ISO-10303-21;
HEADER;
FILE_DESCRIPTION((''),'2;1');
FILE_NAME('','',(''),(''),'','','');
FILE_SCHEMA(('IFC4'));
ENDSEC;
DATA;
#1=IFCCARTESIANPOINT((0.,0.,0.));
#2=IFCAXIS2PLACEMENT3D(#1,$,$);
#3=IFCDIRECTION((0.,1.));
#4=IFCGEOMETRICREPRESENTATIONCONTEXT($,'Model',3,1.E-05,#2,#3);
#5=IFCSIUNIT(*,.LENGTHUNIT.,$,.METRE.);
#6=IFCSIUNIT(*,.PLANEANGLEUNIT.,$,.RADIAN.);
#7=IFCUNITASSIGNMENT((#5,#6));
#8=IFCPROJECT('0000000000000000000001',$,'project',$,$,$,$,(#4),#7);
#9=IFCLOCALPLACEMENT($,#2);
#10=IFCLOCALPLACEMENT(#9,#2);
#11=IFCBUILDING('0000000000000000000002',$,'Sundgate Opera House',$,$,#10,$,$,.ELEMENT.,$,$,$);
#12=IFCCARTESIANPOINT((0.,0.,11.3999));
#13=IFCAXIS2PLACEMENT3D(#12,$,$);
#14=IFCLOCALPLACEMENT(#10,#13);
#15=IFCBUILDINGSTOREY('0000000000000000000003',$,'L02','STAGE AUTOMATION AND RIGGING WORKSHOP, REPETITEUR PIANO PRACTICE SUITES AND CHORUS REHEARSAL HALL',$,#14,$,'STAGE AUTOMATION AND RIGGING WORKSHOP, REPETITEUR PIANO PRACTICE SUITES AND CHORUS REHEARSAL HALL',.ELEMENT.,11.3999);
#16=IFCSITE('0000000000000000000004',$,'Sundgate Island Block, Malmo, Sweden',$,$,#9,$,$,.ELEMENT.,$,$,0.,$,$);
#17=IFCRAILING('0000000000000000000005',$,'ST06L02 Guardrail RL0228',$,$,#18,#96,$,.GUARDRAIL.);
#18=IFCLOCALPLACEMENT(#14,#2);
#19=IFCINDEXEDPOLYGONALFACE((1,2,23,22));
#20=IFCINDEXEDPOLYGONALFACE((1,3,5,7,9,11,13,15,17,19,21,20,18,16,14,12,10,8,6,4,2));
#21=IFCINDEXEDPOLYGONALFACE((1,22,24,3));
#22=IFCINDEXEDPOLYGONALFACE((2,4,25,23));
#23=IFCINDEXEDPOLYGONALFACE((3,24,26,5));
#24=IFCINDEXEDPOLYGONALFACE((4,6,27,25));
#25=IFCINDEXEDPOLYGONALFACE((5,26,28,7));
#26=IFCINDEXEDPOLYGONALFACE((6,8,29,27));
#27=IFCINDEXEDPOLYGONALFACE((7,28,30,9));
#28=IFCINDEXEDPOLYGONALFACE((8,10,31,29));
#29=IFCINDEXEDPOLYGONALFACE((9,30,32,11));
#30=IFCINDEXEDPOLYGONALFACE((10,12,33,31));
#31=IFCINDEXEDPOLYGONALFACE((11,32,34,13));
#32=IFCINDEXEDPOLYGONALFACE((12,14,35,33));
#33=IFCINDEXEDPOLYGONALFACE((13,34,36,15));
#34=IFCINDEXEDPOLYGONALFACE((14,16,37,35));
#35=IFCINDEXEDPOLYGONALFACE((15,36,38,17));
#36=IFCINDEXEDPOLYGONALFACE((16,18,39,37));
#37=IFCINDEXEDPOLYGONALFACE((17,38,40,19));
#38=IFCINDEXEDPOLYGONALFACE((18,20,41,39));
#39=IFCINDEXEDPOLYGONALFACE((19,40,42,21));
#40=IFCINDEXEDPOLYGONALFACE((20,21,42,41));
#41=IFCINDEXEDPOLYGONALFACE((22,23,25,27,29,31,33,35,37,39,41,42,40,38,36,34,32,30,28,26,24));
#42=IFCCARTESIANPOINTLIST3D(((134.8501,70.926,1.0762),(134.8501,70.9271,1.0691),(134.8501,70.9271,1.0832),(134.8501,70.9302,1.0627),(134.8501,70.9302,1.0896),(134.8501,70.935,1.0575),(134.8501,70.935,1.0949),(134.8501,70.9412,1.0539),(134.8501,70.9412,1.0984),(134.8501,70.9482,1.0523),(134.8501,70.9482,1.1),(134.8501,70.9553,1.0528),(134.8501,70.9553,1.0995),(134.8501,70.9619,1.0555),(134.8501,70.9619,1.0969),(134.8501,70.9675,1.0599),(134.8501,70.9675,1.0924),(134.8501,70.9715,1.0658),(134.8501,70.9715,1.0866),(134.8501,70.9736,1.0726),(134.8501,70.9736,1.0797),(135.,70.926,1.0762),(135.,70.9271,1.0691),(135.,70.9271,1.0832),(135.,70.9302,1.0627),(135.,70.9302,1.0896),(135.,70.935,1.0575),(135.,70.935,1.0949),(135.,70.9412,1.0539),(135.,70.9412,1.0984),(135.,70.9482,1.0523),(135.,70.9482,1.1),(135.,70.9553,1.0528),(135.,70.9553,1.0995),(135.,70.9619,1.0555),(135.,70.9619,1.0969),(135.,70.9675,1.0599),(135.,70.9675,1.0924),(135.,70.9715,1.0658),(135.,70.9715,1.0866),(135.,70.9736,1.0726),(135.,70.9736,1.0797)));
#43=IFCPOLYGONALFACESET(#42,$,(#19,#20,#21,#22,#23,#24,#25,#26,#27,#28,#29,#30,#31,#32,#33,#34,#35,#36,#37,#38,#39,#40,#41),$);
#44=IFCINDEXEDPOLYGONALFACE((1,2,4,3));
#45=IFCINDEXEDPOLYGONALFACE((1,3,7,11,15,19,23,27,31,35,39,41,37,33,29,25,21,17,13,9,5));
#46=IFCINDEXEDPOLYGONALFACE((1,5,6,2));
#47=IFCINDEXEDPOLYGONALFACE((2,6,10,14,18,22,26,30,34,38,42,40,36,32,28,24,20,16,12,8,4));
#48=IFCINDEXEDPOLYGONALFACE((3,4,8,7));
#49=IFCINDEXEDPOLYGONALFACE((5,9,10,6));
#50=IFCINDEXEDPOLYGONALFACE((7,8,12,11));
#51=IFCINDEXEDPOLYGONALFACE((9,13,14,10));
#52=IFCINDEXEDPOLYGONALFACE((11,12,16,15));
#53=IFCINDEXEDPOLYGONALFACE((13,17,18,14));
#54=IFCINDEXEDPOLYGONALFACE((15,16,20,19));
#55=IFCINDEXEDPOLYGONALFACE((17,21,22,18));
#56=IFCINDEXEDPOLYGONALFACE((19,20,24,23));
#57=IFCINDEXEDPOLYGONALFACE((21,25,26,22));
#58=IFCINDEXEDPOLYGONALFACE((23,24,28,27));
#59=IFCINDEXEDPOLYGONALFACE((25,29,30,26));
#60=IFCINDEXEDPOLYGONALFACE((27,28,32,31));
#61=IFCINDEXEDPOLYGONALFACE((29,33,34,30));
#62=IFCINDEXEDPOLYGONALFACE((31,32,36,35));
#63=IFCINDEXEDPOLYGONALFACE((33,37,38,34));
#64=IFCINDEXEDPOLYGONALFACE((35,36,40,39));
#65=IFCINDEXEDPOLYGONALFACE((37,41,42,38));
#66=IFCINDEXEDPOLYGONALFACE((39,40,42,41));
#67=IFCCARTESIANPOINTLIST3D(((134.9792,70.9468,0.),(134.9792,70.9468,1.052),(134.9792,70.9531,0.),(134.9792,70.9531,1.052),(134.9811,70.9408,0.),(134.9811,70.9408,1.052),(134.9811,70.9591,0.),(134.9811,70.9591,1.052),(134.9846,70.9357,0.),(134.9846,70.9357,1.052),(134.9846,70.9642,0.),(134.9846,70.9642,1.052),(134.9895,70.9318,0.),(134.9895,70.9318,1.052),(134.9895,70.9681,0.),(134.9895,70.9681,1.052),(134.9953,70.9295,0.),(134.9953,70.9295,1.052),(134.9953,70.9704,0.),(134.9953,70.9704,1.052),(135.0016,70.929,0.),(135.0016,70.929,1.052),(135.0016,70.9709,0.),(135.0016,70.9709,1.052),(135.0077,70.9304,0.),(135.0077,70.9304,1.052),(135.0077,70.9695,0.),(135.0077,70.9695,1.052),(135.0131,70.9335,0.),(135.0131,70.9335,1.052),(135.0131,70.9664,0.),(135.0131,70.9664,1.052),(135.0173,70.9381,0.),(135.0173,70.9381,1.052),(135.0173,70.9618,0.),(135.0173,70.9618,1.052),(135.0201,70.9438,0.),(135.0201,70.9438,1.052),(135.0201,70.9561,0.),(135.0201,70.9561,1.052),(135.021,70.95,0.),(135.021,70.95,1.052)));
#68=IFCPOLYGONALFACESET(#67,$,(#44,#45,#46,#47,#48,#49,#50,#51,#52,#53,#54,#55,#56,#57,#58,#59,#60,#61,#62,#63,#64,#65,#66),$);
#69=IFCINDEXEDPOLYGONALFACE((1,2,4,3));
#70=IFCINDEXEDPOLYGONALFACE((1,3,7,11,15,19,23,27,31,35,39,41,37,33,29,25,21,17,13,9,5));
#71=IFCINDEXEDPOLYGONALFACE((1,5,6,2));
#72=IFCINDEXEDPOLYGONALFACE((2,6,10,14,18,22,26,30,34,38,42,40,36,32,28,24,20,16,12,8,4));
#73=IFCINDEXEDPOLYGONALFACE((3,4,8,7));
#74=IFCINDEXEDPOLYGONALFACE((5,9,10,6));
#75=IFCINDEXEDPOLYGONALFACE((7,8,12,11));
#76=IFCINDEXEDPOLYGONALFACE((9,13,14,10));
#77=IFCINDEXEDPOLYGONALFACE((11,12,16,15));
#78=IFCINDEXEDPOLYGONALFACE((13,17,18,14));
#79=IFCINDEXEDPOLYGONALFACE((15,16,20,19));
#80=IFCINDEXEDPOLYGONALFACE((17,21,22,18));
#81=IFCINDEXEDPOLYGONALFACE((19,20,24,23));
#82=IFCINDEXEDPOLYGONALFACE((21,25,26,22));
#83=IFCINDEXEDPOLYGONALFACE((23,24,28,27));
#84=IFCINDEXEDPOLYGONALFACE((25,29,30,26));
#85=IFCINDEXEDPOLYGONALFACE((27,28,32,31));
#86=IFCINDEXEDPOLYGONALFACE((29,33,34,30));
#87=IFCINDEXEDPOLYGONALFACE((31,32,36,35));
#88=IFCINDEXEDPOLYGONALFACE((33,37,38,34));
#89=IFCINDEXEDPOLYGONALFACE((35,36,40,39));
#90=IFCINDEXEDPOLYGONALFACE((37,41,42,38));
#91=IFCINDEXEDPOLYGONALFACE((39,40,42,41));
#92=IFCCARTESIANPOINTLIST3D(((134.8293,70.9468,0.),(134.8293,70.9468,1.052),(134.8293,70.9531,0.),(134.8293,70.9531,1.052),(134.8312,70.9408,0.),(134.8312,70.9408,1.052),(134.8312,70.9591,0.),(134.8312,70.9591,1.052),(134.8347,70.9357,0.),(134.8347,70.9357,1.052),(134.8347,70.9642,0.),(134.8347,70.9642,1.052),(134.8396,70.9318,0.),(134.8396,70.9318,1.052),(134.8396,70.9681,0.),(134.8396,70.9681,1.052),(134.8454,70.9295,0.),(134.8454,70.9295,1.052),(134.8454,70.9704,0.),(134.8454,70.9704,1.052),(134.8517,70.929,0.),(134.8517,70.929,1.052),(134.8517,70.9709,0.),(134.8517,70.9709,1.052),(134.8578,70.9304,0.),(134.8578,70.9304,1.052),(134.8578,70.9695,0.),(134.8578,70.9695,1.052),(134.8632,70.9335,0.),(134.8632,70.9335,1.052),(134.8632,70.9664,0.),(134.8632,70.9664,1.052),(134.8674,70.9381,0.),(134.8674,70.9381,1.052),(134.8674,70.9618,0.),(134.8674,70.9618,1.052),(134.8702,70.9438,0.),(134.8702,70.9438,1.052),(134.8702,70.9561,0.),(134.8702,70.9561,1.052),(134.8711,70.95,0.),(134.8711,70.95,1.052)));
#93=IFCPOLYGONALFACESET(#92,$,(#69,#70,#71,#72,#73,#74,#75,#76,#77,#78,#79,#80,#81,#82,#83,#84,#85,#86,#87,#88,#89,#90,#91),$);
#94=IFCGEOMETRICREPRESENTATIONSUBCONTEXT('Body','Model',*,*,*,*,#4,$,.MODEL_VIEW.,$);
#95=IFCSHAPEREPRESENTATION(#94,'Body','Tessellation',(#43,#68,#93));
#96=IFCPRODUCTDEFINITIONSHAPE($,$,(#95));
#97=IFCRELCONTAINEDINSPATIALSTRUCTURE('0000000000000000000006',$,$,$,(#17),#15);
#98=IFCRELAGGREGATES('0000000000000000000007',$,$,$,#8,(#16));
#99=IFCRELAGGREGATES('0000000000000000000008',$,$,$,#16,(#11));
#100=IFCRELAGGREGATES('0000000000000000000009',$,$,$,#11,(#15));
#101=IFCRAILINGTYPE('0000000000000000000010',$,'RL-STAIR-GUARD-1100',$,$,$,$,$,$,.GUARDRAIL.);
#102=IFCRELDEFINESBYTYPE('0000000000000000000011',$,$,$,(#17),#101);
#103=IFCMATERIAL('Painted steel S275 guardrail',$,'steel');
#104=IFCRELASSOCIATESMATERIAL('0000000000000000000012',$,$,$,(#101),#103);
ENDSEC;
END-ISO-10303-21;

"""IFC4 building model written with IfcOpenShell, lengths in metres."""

from ifc_helpers import new_model, si_unit, direction, frame, origin, origin_2d, place, context, subcontext, project, spatial, circle, extrude, material, type_object, element, save


model = new_model("IFC4")

# Units and contexts
model_context = context("Model", 3, precision=1e-05, world=origin(), true_north=direction((0.0, 1.0)))
body_context = subcontext(model_context, "Body", "Model", "MODEL_VIEW")
ifc_project = project(units=[si_unit("LENGTHUNIT", "METRE"), si_unit("PLANEANGLEUNIT", "RADIAN")], contexts=[model_context])

# Site, building, storey
site_placement = place(None, origin())
site = spatial("IfcSite", under=ifc_project, at=site_placement, Name="Sundgate Island Block, Malmo, Sweden", CompositionType="ELEMENT", RefElevation=0.0)
building_placement = place(site_placement, origin())
building = spatial("IfcBuilding", under=site, at=building_placement, Name="Sundgate Opera House", CompositionType="ELEMENT")
storey_placement = place(building_placement, frame((0.0, 0.0, 11.3999)))
storey = spatial("IfcBuildingStorey", under=building, at=storey_placement, Name="L02", Description="STAGE AUTOMATION AND RIGGING WORKSHOP, REPETITEUR PIANO PRACTICE SUITES AND CHORUS REHEARSAL HALL", LongName="STAGE AUTOMATION AND RIGGING WORKSHOP, REPETITEUR PIANO PRACTICE SUITES AND CHORUS REHEARSAL HALL", CompositionType="ELEMENT", Elevation=11.3999)

# Railing
ifc_material_1 = material(Name="Painted steel S275 guardrail", Category="steel")
railing_type_1 = type_object("IfcRailingType", Name="RL-STAIR-GUARD-1100", PredefinedType="GUARDRAIL", material=ifc_material_1)
railing_1_placement = place(storey_placement, frame((135.0, 70.95, 0.0)))
element("IfcRailing", 1, at=railing_1_placement, inside=storey, type_object=railing_type_1, Name="ST06L02 Guardrail RL0228", PredefinedType="GUARDRAIL", context=body_context, shape_type="SweptSolid", body=[
    extrude(circle(Radius=0.0239, at=origin_2d()), frame((0.0, 0.0, 1.0762), z_axis=(-1.0, 0.0, 0.0), x_axis=(0.0, -1.0, 0.0)), (0.0, 0.0, 1.0), 0.1499),
    extrude(circle(Radius=0.021, at=origin_2d()), origin(), (0.0, 0.0, 1.0), 1.052),
    extrude(circle(Radius=0.021, at=origin_2d()), frame((-0.1499, 0.0, 0.0)), (0.0, 0.0, 1.0), 1.052),
])

save(model, "model.ifc")
